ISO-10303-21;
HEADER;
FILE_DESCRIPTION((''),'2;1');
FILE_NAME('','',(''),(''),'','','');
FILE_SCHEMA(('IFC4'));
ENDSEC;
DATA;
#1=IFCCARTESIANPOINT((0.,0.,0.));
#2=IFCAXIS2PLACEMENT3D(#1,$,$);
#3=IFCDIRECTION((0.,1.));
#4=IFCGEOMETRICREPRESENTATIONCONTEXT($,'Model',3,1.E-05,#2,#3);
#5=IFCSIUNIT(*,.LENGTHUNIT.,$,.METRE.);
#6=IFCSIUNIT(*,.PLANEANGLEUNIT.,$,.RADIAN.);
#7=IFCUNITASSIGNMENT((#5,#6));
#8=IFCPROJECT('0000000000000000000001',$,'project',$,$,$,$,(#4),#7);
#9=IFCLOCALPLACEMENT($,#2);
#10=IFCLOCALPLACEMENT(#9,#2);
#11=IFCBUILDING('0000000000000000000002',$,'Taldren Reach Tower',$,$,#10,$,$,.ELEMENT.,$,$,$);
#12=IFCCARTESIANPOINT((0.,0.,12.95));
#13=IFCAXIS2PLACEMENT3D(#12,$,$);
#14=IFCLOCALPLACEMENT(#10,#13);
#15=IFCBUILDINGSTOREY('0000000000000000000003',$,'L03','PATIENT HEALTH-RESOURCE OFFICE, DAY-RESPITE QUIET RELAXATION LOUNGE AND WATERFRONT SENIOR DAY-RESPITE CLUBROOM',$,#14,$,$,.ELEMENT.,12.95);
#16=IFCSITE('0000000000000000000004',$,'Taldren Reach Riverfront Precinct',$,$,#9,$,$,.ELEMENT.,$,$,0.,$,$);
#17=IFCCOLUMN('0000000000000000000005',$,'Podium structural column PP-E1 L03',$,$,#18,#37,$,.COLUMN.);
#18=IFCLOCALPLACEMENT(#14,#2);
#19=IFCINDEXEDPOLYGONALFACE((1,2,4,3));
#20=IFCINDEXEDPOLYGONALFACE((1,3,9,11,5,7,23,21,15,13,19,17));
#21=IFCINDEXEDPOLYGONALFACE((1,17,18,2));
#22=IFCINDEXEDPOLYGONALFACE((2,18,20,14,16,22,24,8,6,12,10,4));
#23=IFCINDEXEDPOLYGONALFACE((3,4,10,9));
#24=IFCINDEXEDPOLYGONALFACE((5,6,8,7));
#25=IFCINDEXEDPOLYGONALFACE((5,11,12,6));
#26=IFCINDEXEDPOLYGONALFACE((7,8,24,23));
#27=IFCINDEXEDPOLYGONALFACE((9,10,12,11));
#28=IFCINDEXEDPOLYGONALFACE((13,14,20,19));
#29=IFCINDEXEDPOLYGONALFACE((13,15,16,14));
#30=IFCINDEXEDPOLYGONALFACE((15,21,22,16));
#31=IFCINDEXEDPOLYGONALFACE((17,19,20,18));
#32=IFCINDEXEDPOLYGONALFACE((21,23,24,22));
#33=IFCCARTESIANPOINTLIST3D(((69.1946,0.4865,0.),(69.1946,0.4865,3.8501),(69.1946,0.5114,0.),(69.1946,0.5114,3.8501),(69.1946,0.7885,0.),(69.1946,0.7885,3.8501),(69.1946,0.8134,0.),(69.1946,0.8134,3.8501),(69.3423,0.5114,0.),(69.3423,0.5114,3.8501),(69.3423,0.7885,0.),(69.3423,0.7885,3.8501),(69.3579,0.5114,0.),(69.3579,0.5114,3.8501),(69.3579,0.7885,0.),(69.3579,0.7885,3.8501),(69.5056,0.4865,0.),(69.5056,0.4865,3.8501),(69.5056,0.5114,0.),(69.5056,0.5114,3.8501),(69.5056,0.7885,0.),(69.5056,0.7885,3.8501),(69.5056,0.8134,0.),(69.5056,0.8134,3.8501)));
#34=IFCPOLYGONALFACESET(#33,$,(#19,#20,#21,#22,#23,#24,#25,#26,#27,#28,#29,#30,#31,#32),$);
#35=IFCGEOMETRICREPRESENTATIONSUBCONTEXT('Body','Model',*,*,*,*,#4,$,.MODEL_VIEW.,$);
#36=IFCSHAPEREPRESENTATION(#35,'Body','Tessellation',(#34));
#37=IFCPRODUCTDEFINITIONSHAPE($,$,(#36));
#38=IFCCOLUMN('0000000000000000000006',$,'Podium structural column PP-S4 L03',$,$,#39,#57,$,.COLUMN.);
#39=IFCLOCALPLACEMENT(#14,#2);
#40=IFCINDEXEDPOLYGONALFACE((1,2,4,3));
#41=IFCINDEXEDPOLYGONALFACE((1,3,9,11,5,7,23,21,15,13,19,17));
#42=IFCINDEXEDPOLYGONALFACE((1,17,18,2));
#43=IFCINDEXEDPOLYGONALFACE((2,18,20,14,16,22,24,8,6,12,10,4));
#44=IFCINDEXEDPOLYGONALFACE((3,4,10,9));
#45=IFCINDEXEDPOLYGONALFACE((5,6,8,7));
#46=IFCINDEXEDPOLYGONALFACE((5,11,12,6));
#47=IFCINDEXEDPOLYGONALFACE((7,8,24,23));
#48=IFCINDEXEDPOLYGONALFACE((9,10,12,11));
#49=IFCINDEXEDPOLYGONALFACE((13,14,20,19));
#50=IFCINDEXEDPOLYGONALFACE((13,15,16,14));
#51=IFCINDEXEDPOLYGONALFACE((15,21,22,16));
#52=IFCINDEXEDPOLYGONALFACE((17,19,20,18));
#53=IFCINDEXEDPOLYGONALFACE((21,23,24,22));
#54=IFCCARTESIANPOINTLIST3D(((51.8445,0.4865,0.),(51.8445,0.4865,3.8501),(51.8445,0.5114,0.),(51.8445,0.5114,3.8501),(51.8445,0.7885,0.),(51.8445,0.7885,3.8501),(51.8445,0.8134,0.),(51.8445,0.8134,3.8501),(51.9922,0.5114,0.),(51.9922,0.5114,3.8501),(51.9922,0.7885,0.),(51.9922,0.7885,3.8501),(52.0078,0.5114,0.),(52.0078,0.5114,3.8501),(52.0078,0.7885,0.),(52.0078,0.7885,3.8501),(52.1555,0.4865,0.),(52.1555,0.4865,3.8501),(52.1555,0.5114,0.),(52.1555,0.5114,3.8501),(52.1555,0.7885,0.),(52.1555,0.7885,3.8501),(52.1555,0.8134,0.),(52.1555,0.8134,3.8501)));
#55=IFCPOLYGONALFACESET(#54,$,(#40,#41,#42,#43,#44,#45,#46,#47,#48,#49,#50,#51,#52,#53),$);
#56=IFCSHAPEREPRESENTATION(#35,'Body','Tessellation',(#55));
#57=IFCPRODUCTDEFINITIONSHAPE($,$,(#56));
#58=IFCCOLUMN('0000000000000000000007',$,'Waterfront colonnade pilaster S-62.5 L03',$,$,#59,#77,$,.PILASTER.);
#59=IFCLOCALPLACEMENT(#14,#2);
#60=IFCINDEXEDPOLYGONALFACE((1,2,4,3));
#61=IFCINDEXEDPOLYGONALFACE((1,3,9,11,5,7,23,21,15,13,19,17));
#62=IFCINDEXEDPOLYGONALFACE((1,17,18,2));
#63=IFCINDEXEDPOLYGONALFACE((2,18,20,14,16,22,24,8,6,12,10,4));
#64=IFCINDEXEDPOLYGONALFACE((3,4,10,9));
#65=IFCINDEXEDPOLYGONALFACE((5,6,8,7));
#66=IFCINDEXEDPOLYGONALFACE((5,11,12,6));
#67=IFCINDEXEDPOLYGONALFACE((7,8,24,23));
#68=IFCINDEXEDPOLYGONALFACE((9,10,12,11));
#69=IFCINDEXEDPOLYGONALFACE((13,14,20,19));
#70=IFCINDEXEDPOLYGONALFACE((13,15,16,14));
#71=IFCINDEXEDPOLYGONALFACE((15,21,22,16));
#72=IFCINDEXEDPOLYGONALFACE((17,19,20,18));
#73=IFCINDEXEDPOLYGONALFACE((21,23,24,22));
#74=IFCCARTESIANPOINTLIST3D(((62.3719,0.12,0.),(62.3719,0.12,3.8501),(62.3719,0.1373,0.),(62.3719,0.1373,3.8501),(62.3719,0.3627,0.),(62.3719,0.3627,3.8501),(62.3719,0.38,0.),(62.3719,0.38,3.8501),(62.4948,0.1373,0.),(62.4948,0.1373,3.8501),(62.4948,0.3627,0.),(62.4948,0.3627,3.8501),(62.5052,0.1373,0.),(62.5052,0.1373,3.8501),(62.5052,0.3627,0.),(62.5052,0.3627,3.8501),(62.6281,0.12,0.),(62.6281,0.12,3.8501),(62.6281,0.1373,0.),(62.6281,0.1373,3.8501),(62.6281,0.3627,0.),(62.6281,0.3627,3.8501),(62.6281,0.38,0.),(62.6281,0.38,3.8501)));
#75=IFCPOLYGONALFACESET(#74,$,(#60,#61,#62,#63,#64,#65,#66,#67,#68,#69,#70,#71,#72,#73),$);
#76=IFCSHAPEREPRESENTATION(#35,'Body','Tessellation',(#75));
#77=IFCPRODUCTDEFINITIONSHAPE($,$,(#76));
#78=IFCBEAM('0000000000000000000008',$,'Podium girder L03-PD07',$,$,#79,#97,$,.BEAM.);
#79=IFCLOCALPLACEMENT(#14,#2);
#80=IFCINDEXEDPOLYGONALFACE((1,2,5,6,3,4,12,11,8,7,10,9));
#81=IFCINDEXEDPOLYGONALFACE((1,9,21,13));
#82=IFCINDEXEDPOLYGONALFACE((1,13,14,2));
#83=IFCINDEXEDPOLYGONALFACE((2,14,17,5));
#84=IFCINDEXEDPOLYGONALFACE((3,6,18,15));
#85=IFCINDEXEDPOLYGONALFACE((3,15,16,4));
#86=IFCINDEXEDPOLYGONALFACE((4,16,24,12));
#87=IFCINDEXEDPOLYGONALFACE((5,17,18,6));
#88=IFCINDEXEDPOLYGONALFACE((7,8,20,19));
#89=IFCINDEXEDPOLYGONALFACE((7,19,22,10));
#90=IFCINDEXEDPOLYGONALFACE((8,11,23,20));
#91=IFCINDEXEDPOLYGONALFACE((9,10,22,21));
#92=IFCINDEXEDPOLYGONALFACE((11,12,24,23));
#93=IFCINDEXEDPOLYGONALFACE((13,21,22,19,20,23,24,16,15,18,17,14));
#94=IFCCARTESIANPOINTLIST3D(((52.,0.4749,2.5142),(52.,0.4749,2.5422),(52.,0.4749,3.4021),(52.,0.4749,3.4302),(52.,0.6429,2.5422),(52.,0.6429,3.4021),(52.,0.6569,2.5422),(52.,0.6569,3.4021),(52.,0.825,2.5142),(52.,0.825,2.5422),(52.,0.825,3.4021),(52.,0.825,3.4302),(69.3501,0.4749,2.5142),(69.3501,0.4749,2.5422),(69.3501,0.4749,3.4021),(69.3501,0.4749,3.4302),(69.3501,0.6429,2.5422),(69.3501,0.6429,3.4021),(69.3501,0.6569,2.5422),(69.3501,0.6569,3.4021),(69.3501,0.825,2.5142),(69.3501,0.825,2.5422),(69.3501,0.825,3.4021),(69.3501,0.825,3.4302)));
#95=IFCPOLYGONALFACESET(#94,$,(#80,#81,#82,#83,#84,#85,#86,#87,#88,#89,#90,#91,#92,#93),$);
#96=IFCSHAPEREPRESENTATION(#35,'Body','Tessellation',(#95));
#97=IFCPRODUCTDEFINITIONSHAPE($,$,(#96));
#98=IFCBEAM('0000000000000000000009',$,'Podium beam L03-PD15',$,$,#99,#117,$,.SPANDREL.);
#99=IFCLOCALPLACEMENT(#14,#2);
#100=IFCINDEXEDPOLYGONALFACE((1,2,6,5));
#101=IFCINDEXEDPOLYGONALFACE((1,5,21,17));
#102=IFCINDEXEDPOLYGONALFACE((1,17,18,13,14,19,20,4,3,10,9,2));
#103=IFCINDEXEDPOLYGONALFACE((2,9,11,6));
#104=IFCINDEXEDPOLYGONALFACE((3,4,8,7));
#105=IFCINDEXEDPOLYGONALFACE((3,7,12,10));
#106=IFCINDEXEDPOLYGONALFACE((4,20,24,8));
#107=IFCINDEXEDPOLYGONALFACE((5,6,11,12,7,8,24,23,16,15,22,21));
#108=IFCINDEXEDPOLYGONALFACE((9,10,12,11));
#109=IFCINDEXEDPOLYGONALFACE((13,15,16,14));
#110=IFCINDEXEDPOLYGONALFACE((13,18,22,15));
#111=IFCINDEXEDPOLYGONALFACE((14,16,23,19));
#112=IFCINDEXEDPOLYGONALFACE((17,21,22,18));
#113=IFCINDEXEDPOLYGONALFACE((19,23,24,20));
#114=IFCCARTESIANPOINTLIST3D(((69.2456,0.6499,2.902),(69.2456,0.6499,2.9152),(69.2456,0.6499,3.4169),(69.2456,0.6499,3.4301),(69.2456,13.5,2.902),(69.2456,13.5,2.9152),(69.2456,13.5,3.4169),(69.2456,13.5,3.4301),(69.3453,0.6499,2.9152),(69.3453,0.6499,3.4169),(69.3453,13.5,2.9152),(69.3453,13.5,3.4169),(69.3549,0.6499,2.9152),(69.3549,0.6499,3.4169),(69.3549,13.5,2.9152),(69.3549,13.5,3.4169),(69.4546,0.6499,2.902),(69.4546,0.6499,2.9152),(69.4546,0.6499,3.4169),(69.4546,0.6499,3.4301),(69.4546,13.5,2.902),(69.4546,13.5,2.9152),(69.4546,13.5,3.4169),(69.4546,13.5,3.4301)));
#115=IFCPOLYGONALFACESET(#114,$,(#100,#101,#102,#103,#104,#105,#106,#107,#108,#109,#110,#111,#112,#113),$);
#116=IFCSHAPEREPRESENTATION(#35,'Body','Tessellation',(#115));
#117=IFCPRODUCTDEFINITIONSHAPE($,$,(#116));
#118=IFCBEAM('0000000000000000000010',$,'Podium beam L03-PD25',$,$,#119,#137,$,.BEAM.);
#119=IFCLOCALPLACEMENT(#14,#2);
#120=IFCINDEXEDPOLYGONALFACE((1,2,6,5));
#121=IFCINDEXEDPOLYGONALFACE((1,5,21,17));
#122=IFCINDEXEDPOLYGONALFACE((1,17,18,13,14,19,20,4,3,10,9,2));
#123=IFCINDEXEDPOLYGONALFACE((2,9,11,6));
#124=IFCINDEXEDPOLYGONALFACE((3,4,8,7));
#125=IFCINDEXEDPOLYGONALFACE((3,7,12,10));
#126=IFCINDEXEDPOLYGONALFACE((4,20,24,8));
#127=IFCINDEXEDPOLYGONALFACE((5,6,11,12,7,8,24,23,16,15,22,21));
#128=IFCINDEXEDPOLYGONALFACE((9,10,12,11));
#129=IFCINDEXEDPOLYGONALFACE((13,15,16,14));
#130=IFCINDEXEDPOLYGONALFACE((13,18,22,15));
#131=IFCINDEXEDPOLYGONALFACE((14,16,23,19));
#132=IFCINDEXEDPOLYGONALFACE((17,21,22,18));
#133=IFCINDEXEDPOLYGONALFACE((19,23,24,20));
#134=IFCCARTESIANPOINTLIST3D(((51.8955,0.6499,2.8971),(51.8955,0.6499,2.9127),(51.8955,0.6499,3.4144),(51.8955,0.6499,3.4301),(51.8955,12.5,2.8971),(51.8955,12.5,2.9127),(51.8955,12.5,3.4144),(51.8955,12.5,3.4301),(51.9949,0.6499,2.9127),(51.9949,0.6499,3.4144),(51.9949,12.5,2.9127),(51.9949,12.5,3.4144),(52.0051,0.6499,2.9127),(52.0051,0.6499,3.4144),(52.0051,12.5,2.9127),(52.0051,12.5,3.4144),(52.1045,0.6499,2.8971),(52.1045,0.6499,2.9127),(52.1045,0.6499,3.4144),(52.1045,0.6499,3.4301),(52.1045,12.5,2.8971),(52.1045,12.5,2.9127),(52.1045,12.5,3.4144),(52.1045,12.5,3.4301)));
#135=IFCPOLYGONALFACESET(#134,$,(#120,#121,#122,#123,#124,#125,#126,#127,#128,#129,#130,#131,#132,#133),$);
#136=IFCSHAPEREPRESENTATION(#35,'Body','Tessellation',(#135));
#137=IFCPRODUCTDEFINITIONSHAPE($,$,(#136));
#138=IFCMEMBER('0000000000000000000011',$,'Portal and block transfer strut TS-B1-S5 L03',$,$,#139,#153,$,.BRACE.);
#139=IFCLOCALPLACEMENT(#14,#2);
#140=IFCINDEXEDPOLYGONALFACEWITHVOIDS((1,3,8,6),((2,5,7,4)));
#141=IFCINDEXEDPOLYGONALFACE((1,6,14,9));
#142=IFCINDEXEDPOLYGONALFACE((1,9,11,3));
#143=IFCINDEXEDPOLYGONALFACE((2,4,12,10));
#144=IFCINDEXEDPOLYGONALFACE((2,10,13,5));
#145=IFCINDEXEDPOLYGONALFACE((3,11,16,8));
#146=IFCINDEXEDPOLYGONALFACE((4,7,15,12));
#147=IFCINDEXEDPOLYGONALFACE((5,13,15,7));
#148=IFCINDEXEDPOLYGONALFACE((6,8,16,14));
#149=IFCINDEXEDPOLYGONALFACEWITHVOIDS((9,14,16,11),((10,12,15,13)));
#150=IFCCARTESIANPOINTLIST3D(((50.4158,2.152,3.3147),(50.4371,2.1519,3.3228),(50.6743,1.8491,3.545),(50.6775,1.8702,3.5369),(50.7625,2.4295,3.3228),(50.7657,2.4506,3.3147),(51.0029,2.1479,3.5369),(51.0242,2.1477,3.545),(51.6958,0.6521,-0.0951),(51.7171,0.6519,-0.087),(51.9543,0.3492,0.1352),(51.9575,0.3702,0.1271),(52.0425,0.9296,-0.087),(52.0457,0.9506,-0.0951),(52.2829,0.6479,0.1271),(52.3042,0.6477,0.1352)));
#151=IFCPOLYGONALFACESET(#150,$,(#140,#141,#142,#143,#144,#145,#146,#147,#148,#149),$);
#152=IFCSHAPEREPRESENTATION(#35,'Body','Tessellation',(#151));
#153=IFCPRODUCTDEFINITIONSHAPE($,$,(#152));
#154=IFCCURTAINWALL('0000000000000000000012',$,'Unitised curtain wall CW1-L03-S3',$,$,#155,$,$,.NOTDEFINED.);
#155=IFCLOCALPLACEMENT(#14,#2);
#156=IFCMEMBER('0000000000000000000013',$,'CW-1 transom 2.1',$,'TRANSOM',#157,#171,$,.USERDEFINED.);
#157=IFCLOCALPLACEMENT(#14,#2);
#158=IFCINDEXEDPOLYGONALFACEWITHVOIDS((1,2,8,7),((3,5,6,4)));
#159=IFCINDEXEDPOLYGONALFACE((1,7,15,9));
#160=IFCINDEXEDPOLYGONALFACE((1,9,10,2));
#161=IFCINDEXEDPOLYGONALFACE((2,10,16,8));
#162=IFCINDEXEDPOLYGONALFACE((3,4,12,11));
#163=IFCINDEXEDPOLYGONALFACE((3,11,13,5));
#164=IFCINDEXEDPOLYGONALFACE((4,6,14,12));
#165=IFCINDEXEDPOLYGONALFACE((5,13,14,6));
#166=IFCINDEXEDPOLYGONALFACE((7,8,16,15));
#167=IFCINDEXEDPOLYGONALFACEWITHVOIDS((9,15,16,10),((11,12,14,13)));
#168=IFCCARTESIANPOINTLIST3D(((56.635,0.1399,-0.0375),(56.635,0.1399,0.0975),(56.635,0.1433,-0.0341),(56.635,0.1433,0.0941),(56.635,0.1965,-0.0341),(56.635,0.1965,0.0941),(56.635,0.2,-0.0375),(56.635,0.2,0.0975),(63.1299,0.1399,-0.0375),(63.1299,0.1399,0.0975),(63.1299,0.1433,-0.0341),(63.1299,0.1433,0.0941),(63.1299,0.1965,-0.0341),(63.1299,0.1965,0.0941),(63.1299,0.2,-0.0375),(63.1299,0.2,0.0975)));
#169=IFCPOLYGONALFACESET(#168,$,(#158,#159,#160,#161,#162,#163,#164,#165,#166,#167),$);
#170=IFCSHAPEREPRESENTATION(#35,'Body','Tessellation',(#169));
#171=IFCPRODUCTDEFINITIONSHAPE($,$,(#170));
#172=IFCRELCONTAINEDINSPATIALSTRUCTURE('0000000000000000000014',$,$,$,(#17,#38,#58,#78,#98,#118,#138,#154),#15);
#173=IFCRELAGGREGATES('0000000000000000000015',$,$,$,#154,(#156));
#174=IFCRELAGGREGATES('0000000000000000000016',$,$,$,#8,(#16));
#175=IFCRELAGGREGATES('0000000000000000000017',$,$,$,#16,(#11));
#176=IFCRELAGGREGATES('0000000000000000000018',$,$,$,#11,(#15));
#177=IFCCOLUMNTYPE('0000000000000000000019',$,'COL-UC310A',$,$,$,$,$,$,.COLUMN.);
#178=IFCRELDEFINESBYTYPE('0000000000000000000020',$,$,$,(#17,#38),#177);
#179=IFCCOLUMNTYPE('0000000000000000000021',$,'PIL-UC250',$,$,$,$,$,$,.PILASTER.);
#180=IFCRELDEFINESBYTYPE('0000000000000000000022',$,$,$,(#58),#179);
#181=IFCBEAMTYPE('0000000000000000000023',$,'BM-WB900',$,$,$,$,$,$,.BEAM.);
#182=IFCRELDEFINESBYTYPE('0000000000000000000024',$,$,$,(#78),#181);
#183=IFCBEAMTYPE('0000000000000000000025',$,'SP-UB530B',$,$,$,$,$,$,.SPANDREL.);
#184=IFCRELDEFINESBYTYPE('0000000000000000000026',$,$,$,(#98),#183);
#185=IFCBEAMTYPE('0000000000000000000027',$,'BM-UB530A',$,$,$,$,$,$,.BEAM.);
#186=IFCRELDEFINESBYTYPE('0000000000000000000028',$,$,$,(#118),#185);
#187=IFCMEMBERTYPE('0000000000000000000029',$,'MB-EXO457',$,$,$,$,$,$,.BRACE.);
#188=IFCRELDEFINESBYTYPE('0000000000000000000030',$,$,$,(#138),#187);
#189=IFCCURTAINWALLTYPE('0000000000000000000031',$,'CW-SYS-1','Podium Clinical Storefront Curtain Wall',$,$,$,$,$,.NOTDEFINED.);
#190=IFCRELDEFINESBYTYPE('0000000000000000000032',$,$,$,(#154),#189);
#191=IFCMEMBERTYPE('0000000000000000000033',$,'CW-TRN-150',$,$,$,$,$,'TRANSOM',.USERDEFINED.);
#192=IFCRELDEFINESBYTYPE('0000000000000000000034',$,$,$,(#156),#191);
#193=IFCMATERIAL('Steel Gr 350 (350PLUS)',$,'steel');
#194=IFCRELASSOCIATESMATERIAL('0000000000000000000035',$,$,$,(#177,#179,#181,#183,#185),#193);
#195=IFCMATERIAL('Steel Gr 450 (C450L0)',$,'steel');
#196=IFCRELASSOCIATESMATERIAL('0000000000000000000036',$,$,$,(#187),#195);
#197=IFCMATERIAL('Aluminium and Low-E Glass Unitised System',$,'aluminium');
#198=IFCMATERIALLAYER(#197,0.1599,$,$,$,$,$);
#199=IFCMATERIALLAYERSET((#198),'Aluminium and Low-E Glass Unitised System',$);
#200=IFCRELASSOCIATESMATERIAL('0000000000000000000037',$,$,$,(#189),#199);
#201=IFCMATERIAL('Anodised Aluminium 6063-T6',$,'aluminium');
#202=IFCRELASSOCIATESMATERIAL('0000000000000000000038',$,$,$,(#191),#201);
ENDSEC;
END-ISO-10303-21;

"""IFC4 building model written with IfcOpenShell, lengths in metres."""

from ifc_helpers import new_model, si_unit, direction, frame, origin, origin_2d, place, context, subcontext, project, spatial, hollow_rectangle, i_section, extrude, source, transform, mapped, material, layer, layer_set, material_profile, profile_set, type_object, element, aggregate, save


model = new_model("IFC4")

# Units and contexts
model_context = context("Model", 3, precision=1e-05, world=origin(), true_north=direction((0.0, 1.0)))
body_context = subcontext(model_context, "Body", "Model", "MODEL_VIEW")
ifc_project = project(units=[si_unit("LENGTHUNIT", "METRE"), si_unit("PLANEANGLEUNIT", "RADIAN")], contexts=[model_context])

# Site, building, storey
site_placement = place(None, origin())
site = spatial("IfcSite", under=ifc_project, at=site_placement, Name="Taldren Reach Riverfront Precinct", CompositionType="ELEMENT", RefElevation=0.0)
building_placement = place(site_placement, origin())
building = spatial("IfcBuilding", under=site, at=building_placement, Name="Taldren Reach Tower", CompositionType="ELEMENT")
storey_placement = place(building_placement, frame((0.0, 0.0, 12.95)))
storey = spatial("IfcBuildingStorey", under=building, at=storey_placement, Name="L03", Description="PATIENT HEALTH-RESOURCE OFFICE, DAY-RESPITE QUIET RELAXATION LOUNGE AND WATERFRONT SENIOR DAY-RESPITE CLUBROOM", CompositionType="ELEMENT", Elevation=12.95)

# Columns
ifc_material_1 = material(Name="Steel Gr 350 (350PLUS)", Category="steel")
ifc_material_profile_1 = material_profile(ifc_material_1, i_section(OverallWidth=0.311, OverallDepth=0.3269, WebThickness=0.0156, FlangeThickness=0.0249, at=origin_2d()), Name="310UC158")
ifc_profile_set_1 = profile_set([ifc_material_profile_1], Name="Steel Gr 350 (350PLUS)")
column_type_1 = type_object("IfcColumnType", Name="COL-UC310A", PredefinedType="COLUMN", material=ifc_profile_set_1)
shared_shape_1 = source(origin(), body_context, "Body", "SweptSolid", [
    extrude(i_section(OverallWidth=0.311, OverallDepth=0.3269, WebThickness=0.0156, FlangeThickness=0.0249, at=origin_2d()), origin(), (0.0, 0.0, 1.0), 3.8501),
])
for number, where, z_axis, x_axis, name in (
    (1, (69.3501, 0.6499, 0.0), (0.0, 0.0, 1.0), (1.0, 0.0, 0.0), "Podium structural column PP-E1 L03"),
    (2, (52.0, 0.6499, 0.0), (0.0, 0.0, 1.0), (1.0, 0.0, 0.0), "Podium structural column PP-S4 L03"),
):
    element("IfcColumn", number, at=place(storey_placement, frame(where, z_axis=z_axis, x_axis=x_axis)), inside=storey, type_object=column_type_1, Name=name, PredefinedType="COLUMN", context=body_context, shape_type="MappedRepresentation", body=[
        mapped(shared_shape_1, transform((0.0, 0.0, 0.0), scale=1.0)),
    ])
ifc_material_profile_2 = material_profile(ifc_material_1, i_section(OverallWidth=0.2561, OverallDepth=0.26, WebThickness=0.0105, FlangeThickness=0.0173, at=origin_2d()), Name="250UC89.5")
ifc_profile_set_2 = profile_set([ifc_material_profile_2], Name="Steel Gr 350 (350PLUS)")
column_type_2 = type_object("IfcColumnType", Name="PIL-UC250", PredefinedType="PILASTER", material=ifc_profile_set_2)
shared_shape_2 = source(origin(), body_context, "Body", "SweptSolid", [
    extrude(i_section(OverallWidth=0.2561, OverallDepth=0.26, WebThickness=0.0105, FlangeThickness=0.0173, at=origin_2d()), origin(), (0.0, 0.0, 1.0), 3.8501),
])
column_placement = place(storey_placement, frame((62.5, 0.25, 0.0), z_axis=(0.0, 0.0, 1.0), x_axis=(1.0, 0.0, 0.0)))
element("IfcColumn", 3, at=column_placement, inside=storey, type_object=column_type_2, Name="Waterfront colonnade pilaster S-62.5 L03", PredefinedType="PILASTER", context=body_context, shape_type="MappedRepresentation", body=[
    mapped(shared_shape_2, transform((0.0, 0.0, 0.0), scale=1.0)),
])

# Beams
ifc_material_profile_3 = material_profile(ifc_material_1, i_section(OverallWidth=0.3501, OverallDepth=0.916, WebThickness=0.0139, FlangeThickness=0.0281, at=origin_2d()), Name="900WB257")
ifc_profile_set_3 = profile_set([ifc_material_profile_3], Name="Steel Gr 350 (350PLUS)")
beam_type_1 = type_object("IfcBeamType", Name="BM-WB900", PredefinedType="BEAM", material=ifc_profile_set_3)
shared_shape_3 = source(origin(), body_context, "Body", "SweptSolid", [
    extrude(i_section(OverallWidth=0.3501, OverallDepth=0.916, WebThickness=0.0139, FlangeThickness=0.0281, at=origin_2d()), origin(), (0.0, 0.0, 1.0), 17.3501),
])
beam_1_placement = place(storey_placement, frame((52.0, 0.6499, 2.9722), z_axis=(1.0, 0.0, 0.0), x_axis=(0.0, 1.0, 0.0)))
element("IfcBeam", 4, at=beam_1_placement, inside=storey, type_object=beam_type_1, Name="Podium girder L03-PD07", PredefinedType="BEAM", context=body_context, shape_type="MappedRepresentation", body=[
    mapped(shared_shape_3, transform((0.0, 0.0, 0.0), scale=1.0)),
])
ifc_material_profile_4 = material_profile(ifc_material_1, i_section(OverallWidth=0.209, OverallDepth=0.5281, WebThickness=0.0095, FlangeThickness=0.0132, at=origin_2d()), Name="530UB82.0")
ifc_profile_set_4 = profile_set([ifc_material_profile_4], Name="Steel Gr 350 (350PLUS)")
beam_type_2 = type_object("IfcBeamType", Name="SP-UB530B", PredefinedType="SPANDREL", material=ifc_profile_set_4)
shared_shape_4 = source(origin(), body_context, "Body", "SweptSolid", [
    extrude(i_section(OverallWidth=0.209, OverallDepth=0.5281, WebThickness=0.0095, FlangeThickness=0.0132, at=origin_2d()), origin(), (0.0, 0.0, 1.0), 12.8501),
])
beam_2_placement = place(storey_placement, frame((69.3501, 0.6499, 3.166), z_axis=(0.0, 1.0, 0.0), x_axis=(-1.0, 0.0, 0.0)))
element("IfcBeam", 5, at=beam_2_placement, inside=storey, type_object=beam_type_2, Name="Podium beam L03-PD15", PredefinedType="SPANDREL", context=body_context, shape_type="MappedRepresentation", body=[
    mapped(shared_shape_4, transform((0.0, 0.0, 0.0), scale=1.0)),
])
ifc_material_profile_5 = material_profile(ifc_material_1, i_section(OverallWidth=0.209, OverallDepth=0.533, WebThickness=0.0103, FlangeThickness=0.0156, at=origin_2d()), Name="530UB92.4")
ifc_profile_set_5 = profile_set([ifc_material_profile_5], Name="Steel Gr 350 (350PLUS)")
beam_type_3 = type_object("IfcBeamType", Name="BM-UB530A", PredefinedType="BEAM", material=ifc_profile_set_5)
shared_shape_5 = source(origin(), body_context, "Body", "SweptSolid", [
    extrude(i_section(OverallWidth=0.209, OverallDepth=0.533, WebThickness=0.0103, FlangeThickness=0.0156, at=origin_2d()), origin(), (0.0, 0.0, 1.0), 11.8501),
])
beam_3_placement = place(storey_placement, frame((52.0, 0.6499, 3.1636), z_axis=(0.0, 1.0, 0.0), x_axis=(-1.0, 0.0, 0.0)))
element("IfcBeam", 6, at=beam_3_placement, inside=storey, type_object=beam_type_3, Name="Podium beam L03-PD25", PredefinedType="BEAM", context=body_context, shape_type="MappedRepresentation", body=[
    mapped(shared_shape_5, transform((0.0, 0.0, 0.0), scale=1.0)),
])

# Member
ifc_material_2 = material(Name="Steel Gr 450 (C450L0)", Category="steel")
ifc_material_profile_6 = material_profile(ifc_material_2, hollow_rectangle(XDim=0.46, YDim=0.46, WallThickness=0.0161, at=origin_2d()), Name="460x460x16.0SHS")
ifc_profile_set_6 = profile_set([ifc_material_profile_6], Name="Steel Gr 450 (C450L0)")
member_type_1 = type_object("IfcMemberType", Name="MB-EXO457", PredefinedType="BRACE", material=ifc_profile_set_6)
shared_shape_6 = source(origin(), body_context, "Body", "SweptSolid", [
    extrude(hollow_rectangle(XDim=0.46, YDim=0.46, WallThickness=0.0161, at=origin_2d()), origin(), (0.0, 0.0, 1.0), 3.939),
])
member_1_placement = place(storey_placement, frame((52.0, 0.6499, 0.02), z_axis=(-0.32496, 0.380804, 0.865673), x_axis=(-0.760679, -0.649128, 0.0)))
element("IfcMember", 7, at=member_1_placement, inside=storey, type_object=member_type_1, Name="Portal and block transfer strut TS-B1-S5 L03", PredefinedType="BRACE", context=body_context, shape_type="MappedRepresentation", body=[
    mapped(shared_shape_6, transform((0.0, 0.0, 0.0), scale=1.0)),
])

# Curtain wall, member
ifc_material_3 = material(Name="Aluminium and Low-E Glass Unitised System", Category="aluminium")
ifc_layer_1 = layer(ifc_material_3, 0.1599)
ifc_layer_set_1 = layer_set([ifc_layer_1], Name="Aluminium and Low-E Glass Unitised System")
curtain_wall_type = type_object("IfcCurtainWallType", Name="CW-SYS-1", Description="Podium Clinical Storefront Curtain Wall", PredefinedType="NOTDEFINED", material=ifc_layer_set_1)
curtain_wall_1_placement = place(storey_placement, origin())
curtain_wall_1 = element("IfcCurtainWall", 8, at=curtain_wall_1_placement, inside=storey, type_object=curtain_wall_type, Name="Unitised curtain wall CW1-L03-S3", PredefinedType="NOTDEFINED")
ifc_material_4 = material(Name="Anodised Aluminium 6063-T6", Category="aluminium")
ifc_material_profile_7 = material_profile(ifc_material_4, hollow_rectangle(XDim=0.0601, YDim=0.135, WallThickness=0.0034, at=origin_2d()), Name="ALU-135x60x3.5RHS")
ifc_profile_set_7 = profile_set([ifc_material_profile_7], Name="Anodised Aluminium 6063-T6")
member_type_2 = type_object("IfcMemberType", Name="CW-TRN-150", ElementType="TRANSOM", PredefinedType="USERDEFINED", material=ifc_profile_set_7)
shared_shape_7 = source(origin(), body_context, "Body", "SweptSolid", [
    extrude(hollow_rectangle(XDim=0.0601, YDim=0.135, WallThickness=0.0034, at=origin_2d()), origin(), (0.0, 0.0, 1.0), 6.4949),
])
member_2_placement = place(storey_placement, frame((56.635, 0.1699, 0.03), z_axis=(1.0, 0.0, 0.0), x_axis=(0.0, 1.0, 0.0)))
member_2 = element("IfcMember", 9, at=member_2_placement, type_object=member_type_2, Name="CW-1 transom 2.1", ObjectType="TRANSOM", PredefinedType="USERDEFINED", context=body_context, shape_type="MappedRepresentation", body=[
    mapped(shared_shape_7, transform((0.0, 0.0, 0.0), scale=1.0)),
])

aggregate(curtain_wall_1, [member_2])

save(model, "model.ifc")
